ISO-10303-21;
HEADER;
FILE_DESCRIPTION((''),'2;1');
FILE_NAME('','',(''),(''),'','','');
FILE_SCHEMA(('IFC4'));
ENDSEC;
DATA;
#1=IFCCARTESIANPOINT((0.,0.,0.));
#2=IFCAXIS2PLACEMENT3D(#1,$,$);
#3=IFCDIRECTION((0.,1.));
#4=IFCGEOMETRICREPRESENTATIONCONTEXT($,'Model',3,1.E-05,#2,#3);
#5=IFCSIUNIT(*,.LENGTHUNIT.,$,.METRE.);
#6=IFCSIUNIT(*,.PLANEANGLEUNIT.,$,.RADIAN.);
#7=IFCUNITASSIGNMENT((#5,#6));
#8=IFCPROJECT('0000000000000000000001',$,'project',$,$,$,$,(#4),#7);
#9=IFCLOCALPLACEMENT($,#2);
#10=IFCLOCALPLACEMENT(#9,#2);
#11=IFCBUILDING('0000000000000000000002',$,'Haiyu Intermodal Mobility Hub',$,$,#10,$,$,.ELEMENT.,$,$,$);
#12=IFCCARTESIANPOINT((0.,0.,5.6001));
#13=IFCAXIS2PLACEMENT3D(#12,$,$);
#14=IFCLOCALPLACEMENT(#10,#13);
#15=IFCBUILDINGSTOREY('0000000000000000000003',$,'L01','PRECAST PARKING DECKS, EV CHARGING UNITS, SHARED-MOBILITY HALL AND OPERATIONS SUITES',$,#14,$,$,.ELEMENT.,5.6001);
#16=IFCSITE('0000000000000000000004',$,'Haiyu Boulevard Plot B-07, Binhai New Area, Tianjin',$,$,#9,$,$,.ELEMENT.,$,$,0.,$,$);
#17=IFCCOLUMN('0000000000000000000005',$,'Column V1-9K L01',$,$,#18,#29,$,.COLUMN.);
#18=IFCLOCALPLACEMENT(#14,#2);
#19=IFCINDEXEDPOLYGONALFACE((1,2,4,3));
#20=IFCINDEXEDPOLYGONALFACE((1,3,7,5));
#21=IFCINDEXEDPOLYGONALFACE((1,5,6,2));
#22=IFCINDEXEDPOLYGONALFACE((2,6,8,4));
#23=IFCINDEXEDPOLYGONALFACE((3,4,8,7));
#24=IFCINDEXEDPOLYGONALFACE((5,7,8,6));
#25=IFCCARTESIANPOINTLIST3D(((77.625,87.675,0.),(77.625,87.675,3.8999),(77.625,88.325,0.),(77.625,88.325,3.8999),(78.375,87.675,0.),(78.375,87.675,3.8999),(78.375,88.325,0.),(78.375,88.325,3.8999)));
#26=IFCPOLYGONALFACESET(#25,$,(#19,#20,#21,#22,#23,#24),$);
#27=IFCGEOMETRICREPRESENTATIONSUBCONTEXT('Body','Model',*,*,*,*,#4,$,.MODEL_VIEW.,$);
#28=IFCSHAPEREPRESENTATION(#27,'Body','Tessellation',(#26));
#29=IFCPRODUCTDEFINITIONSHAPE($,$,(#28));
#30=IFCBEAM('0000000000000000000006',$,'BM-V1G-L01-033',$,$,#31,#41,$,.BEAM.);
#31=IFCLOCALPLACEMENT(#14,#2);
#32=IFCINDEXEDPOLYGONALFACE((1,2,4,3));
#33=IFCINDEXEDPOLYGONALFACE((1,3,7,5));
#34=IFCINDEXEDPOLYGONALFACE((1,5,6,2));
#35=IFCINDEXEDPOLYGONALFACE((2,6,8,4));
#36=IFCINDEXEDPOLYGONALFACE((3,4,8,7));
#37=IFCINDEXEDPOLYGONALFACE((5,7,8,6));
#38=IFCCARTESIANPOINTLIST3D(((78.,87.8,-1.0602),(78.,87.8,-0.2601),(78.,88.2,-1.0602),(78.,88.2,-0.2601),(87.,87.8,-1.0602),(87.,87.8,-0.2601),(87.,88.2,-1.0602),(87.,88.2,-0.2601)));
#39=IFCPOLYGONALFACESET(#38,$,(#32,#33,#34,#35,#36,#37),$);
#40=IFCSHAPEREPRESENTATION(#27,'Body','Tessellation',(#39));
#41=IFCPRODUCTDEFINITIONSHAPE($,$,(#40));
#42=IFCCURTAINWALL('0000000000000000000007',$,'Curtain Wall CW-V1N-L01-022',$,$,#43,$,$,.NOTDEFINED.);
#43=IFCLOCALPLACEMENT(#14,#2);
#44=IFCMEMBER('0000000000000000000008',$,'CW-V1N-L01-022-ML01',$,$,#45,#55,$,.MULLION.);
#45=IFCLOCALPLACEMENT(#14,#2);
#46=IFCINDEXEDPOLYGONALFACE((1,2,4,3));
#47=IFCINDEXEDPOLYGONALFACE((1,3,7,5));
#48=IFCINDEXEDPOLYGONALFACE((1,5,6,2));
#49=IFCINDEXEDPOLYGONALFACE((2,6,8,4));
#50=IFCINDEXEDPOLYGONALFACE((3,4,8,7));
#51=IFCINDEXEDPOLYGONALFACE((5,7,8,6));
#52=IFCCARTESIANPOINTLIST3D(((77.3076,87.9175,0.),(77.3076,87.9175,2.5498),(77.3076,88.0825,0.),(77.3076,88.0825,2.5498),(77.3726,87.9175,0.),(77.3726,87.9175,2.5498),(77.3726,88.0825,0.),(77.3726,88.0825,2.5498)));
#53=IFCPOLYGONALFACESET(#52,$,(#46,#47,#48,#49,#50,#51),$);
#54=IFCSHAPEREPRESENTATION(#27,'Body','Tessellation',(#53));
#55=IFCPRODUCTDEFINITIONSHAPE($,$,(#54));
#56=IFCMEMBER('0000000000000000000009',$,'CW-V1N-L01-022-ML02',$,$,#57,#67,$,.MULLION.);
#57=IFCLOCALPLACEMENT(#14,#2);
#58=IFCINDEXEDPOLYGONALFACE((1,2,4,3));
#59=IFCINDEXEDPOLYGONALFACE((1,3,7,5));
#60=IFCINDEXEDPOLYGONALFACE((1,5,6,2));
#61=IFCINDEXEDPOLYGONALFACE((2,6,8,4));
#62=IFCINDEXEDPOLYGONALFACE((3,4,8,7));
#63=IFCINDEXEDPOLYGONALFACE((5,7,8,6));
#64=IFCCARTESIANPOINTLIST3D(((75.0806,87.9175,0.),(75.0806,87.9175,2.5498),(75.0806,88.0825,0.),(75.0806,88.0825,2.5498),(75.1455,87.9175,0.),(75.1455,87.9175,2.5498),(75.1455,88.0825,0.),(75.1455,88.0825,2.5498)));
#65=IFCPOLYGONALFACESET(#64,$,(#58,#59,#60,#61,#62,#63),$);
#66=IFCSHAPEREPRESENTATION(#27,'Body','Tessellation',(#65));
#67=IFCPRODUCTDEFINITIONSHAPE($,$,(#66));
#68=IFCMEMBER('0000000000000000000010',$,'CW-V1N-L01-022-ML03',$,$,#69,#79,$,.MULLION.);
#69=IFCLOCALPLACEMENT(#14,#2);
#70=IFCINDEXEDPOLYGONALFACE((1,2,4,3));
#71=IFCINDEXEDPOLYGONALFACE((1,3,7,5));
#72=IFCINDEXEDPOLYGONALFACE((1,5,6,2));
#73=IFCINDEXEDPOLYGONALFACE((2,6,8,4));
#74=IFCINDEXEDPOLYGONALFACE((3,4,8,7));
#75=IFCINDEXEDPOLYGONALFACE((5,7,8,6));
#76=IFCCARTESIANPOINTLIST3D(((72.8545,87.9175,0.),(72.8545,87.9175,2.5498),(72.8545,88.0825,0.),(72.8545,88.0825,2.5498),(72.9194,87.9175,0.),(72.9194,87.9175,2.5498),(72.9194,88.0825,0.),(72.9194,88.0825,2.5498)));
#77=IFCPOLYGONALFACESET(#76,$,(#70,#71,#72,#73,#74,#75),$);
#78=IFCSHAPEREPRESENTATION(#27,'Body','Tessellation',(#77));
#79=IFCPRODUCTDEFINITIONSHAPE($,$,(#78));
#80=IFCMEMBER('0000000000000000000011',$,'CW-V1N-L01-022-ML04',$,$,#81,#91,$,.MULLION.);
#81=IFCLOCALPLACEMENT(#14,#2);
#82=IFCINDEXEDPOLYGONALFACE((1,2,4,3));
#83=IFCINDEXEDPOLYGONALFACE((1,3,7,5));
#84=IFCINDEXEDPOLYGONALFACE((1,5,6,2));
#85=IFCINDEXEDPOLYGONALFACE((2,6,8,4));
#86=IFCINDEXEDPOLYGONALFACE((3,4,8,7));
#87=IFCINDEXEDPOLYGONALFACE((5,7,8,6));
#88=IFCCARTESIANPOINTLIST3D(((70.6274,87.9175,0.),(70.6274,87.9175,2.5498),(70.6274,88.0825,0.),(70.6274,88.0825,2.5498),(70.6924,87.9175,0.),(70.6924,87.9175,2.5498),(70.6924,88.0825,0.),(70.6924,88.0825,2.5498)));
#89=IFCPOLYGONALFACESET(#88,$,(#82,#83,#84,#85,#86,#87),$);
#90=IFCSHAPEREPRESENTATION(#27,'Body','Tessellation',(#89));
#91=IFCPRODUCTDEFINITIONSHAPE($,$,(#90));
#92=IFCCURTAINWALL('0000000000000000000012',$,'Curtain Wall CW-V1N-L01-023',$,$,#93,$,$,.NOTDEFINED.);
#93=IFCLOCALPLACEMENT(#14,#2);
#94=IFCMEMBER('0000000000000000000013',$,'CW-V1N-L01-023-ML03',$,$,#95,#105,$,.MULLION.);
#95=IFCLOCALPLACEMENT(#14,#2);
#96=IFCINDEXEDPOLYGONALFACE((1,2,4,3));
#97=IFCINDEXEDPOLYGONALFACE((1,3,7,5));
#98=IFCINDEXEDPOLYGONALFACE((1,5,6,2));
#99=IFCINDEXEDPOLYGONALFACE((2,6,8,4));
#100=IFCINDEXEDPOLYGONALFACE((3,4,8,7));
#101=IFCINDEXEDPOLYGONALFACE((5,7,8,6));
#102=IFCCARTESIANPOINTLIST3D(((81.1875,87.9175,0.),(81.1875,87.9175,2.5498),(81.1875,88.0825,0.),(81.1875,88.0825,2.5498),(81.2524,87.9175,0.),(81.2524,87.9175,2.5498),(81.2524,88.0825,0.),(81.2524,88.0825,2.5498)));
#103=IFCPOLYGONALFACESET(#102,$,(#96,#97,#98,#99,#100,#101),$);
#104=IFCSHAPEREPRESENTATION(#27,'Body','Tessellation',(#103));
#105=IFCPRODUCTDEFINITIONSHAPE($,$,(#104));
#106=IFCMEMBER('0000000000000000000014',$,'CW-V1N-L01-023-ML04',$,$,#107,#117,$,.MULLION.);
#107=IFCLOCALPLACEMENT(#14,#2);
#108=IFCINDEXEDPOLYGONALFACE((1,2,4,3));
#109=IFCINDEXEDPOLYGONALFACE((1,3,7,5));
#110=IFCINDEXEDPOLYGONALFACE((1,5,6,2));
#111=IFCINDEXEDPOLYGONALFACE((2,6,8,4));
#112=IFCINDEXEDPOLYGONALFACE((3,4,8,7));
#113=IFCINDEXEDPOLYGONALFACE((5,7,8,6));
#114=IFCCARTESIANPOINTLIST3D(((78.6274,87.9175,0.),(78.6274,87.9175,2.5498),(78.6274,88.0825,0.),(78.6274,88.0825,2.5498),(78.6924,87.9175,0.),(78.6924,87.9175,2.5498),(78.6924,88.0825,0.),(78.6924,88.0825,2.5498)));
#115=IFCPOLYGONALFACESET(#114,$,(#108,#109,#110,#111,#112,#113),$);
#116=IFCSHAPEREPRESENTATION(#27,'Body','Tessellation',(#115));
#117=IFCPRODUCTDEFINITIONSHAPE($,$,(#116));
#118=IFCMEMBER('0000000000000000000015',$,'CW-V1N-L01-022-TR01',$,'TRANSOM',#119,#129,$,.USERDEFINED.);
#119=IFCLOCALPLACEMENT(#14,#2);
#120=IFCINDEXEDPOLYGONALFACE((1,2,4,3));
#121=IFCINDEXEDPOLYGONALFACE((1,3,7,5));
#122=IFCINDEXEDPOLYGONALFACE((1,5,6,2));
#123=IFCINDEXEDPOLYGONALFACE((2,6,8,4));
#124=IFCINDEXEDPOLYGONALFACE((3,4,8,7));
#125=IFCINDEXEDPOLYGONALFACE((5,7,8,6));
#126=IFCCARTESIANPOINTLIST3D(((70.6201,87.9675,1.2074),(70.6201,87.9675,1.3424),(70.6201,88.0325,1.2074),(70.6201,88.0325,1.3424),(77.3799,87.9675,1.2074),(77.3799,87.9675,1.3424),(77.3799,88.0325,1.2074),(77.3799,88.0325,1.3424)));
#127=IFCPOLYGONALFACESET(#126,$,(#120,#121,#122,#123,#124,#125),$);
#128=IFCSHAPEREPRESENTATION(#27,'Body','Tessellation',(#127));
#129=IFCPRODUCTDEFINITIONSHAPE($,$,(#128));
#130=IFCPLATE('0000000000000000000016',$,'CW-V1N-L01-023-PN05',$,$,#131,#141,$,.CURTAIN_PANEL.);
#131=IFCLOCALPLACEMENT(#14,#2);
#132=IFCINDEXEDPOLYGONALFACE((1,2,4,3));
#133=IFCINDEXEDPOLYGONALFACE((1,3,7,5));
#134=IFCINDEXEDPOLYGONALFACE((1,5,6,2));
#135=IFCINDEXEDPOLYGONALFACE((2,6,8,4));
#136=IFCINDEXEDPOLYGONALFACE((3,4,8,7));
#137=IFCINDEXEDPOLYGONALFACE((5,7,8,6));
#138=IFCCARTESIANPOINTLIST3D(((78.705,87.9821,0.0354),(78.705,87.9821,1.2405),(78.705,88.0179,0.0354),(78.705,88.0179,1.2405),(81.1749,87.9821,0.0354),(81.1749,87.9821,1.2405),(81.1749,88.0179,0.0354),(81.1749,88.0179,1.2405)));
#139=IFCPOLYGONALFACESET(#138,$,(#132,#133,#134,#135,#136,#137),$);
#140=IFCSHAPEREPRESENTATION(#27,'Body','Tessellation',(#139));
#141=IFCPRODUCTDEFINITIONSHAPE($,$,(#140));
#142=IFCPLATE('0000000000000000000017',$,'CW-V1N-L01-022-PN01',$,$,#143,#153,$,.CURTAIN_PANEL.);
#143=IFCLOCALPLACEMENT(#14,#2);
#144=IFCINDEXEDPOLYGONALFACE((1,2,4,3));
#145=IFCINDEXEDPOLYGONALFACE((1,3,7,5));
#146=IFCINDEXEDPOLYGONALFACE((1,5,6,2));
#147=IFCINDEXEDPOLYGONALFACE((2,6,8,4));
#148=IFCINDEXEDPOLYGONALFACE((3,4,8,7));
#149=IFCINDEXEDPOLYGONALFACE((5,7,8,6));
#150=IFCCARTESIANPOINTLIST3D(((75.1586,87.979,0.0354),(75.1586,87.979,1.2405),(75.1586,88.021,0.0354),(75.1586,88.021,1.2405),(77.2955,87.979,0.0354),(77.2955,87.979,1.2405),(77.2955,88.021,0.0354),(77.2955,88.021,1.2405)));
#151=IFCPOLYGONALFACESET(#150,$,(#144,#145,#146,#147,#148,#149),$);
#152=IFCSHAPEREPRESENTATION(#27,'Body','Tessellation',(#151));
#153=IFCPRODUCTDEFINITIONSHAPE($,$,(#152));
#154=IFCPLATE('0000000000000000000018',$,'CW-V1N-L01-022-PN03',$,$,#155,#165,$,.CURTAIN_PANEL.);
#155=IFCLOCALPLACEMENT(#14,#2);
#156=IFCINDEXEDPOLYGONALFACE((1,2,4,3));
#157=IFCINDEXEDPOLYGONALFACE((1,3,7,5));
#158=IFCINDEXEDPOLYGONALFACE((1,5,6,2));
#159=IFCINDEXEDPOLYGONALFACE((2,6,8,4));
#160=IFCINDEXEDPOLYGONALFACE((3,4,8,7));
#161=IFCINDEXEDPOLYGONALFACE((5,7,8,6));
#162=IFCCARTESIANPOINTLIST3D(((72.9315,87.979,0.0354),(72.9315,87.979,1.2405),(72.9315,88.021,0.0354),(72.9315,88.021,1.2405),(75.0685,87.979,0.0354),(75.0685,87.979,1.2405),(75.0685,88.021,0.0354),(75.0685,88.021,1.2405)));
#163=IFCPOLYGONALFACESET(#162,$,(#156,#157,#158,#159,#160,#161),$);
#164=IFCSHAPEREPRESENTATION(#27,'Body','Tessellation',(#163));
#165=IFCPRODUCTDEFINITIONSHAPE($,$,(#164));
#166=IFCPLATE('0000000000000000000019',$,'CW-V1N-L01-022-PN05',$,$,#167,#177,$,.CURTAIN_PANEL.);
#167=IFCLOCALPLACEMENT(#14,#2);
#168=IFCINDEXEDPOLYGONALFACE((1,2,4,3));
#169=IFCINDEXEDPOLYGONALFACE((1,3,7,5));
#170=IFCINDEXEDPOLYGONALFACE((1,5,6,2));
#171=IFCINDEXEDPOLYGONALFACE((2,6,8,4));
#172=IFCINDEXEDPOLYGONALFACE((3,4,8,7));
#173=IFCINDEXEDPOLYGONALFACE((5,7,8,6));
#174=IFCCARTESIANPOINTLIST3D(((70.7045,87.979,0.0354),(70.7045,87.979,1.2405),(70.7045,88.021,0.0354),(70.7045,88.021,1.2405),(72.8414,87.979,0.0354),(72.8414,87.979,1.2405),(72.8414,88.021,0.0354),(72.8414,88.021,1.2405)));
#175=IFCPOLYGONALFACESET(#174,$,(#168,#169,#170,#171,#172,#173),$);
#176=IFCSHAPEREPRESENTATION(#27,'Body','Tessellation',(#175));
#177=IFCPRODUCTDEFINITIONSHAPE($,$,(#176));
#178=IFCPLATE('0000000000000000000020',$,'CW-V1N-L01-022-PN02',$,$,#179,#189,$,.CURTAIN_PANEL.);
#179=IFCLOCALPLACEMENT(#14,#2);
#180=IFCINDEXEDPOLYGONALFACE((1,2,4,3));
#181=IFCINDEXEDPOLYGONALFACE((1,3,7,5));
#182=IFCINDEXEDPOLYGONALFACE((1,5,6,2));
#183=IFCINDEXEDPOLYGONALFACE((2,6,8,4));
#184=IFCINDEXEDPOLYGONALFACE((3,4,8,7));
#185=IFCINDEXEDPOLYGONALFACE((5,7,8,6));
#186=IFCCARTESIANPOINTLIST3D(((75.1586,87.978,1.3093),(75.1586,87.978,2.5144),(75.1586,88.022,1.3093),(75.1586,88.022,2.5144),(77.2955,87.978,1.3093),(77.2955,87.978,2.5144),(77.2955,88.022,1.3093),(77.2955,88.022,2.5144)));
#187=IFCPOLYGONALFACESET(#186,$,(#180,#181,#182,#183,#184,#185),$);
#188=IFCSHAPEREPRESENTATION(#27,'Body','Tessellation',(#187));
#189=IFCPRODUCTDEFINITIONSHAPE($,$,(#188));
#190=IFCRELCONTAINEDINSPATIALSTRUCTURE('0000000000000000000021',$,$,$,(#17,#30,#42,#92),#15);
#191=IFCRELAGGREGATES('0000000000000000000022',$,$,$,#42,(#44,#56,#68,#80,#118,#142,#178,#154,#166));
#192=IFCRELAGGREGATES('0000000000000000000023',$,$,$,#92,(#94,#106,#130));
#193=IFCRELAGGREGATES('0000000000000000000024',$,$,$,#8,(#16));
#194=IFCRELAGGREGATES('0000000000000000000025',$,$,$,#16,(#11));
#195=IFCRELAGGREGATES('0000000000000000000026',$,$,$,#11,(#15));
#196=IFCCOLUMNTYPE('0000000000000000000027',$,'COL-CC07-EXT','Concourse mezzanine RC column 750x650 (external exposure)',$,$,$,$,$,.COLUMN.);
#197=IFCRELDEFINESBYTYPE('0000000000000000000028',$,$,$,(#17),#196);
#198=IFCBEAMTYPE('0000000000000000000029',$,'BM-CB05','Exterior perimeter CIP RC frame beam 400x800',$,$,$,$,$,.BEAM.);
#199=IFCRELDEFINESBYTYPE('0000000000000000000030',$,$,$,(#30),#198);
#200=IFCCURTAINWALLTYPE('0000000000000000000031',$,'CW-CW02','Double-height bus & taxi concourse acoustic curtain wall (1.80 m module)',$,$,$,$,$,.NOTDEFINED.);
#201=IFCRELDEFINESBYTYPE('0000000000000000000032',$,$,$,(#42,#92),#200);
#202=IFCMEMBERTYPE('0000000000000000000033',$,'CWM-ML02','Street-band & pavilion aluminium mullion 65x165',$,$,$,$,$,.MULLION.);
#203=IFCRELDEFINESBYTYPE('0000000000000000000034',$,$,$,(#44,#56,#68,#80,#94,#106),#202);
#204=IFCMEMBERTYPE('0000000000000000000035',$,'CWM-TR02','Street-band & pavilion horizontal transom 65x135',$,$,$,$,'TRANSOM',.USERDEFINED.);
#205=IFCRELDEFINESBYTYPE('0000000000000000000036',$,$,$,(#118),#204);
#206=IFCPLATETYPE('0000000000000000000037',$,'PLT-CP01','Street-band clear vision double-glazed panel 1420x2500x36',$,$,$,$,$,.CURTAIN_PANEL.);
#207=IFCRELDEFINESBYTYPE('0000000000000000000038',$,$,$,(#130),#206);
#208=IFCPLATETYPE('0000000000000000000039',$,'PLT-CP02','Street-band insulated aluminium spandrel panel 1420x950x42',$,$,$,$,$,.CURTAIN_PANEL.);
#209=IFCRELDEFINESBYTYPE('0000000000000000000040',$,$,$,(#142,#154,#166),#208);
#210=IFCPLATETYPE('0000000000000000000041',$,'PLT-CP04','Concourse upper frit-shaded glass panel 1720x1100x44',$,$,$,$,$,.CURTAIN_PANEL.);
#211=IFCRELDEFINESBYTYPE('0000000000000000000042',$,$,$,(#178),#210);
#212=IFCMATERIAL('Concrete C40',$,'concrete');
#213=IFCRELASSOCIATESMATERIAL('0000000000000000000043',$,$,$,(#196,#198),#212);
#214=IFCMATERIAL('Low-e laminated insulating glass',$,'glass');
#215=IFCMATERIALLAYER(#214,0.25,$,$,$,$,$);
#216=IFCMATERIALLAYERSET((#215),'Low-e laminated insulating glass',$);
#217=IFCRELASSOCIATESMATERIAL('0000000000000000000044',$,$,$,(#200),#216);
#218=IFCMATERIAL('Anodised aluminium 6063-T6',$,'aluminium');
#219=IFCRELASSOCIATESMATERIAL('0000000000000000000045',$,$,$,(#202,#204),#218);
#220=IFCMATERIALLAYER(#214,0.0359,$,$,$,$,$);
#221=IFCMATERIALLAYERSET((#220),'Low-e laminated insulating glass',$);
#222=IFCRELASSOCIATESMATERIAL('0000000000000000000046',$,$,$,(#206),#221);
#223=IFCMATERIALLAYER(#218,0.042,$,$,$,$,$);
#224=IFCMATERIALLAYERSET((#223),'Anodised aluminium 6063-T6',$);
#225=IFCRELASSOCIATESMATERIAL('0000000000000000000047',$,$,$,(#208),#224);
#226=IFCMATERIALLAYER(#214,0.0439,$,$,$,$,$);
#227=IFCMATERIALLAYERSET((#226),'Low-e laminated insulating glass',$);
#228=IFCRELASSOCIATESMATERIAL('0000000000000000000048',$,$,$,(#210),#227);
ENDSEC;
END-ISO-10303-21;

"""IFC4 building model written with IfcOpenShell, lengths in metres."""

from ifc_helpers import new_model, si_unit, direction, frame, origin, origin_2d, place, context, subcontext, project, spatial, rectangle, extrude, material, layer, layer_set, material_profile, profile_set, type_object, element, aggregate, save


model = new_model("IFC4")

# Units and contexts
model_context = context("Model", 3, precision=1e-05, world=origin(), true_north=direction((0.0, 1.0)))
body_context = subcontext(model_context, "Body", "Model", "MODEL_VIEW")
ifc_project = project(units=[si_unit("LENGTHUNIT", "METRE"), si_unit("PLANEANGLEUNIT", "RADIAN")], contexts=[model_context])

# Site, building, storey
site_placement = place(None, origin())
site = spatial("IfcSite", under=ifc_project, at=site_placement, Name="Haiyu Boulevard Plot B-07, Binhai New Area, Tianjin", CompositionType="ELEMENT", RefElevation=0.0)
building_placement = place(site_placement, origin())
building = spatial("IfcBuilding", under=site, at=building_placement, Name="Haiyu Intermodal Mobility Hub", CompositionType="ELEMENT")
storey_placement = place(building_placement, frame((0.0, 0.0, 5.6001)))
storey = spatial("IfcBuildingStorey", under=building, at=storey_placement, Name="L01", Description="PRECAST PARKING DECKS, EV CHARGING UNITS, SHARED-MOBILITY HALL AND OPERATIONS SUITES", CompositionType="ELEMENT", Elevation=5.6001)

# Column
ifc_material_1 = material(Name="Concrete C40", Category="concrete")
ifc_material_profile_1 = material_profile(ifc_material_1, rectangle(XDim=0.75, YDim=0.6499, at=origin_2d()), Name="RC750x650")
ifc_profile_set_1 = profile_set([ifc_material_profile_1], Name="Concrete C40")
column_type = type_object("IfcColumnType", Name="COL-CC07-EXT", Description="Concourse mezzanine RC column 750x650 (external exposure)", PredefinedType="COLUMN", material=ifc_profile_set_1)
column_placement = place(storey_placement, frame((78.0, 88.0, 0.0), z_axis=(0.0, 0.0, 1.0), x_axis=(1.0, 0.0, 0.0)))
element("IfcColumn", 1, at=column_placement, inside=storey, type_object=column_type, Name="Column V1-9K L01", PredefinedType="COLUMN", context=body_context, shape_type="SweptSolid", body=[
    extrude(rectangle(XDim=0.75, YDim=0.6499, at=origin_2d()), origin(), (0.0, 0.0, 1.0), 3.8999),
])

# Beam
ifc_material_profile_2 = material_profile(ifc_material_1, rectangle(XDim=0.3999, YDim=0.8, at=origin_2d()), Name="RCB400x800")
ifc_profile_set_2 = profile_set([ifc_material_profile_2], Name="Concrete C40")
beam_type = type_object("IfcBeamType", Name="BM-CB05", Description="Exterior perimeter CIP RC frame beam 400x800", PredefinedType="BEAM", material=ifc_profile_set_2)
beam_placement = place(storey_placement, frame((78.0, 88.0, -0.6602), z_axis=(1.0, 0.0, 0.0), x_axis=(0.0, 1.0, 0.0)))
element("IfcBeam", 2, at=beam_placement, inside=storey, type_object=beam_type, Name="BM-V1G-L01-033", PredefinedType="BEAM", context=body_context, shape_type="SweptSolid", body=[
    extrude(rectangle(XDim=0.3999, YDim=0.8, at=origin_2d()), origin(), (0.0, 0.0, 1.0), 9.0),
])

# Curtain walls, members
ifc_material_2 = material(Name="Low-e laminated insulating glass", Category="glass")
ifc_layer_1 = layer(ifc_material_2, 0.25)
ifc_layer_set_1 = layer_set([ifc_layer_1], Name="Low-e laminated insulating glass")
curtain_wall_type = type_object("IfcCurtainWallType", Name="CW-CW02", Description="Double-height bus & taxi concourse acoustic curtain wall (1.80 m module)", PredefinedType="NOTDEFINED", material=ifc_layer_set_1)
curtain_wall_1_placement = place(storey_placement, origin())
curtain_wall_1 = element("IfcCurtainWall", 3, at=curtain_wall_1_placement, inside=storey, type_object=curtain_wall_type, Name="Curtain Wall CW-V1N-L01-022", PredefinedType="NOTDEFINED")
ifc_material_3 = material(Name="Anodised aluminium 6063-T6", Category="aluminium")
ifc_material_profile_3 = material_profile(ifc_material_3, rectangle(XDim=0.0649, YDim=0.165, at=origin_2d()), Name="ALU65x165")
ifc_profile_set_3 = profile_set([ifc_material_profile_3], Name="Anodised aluminium 6063-T6")
member_type_1 = type_object("IfcMemberType", Name="CWM-ML02", Description="Street-band & pavilion aluminium mullion 65x165", PredefinedType="MULLION", material=ifc_profile_set_3)
member_1_placement = place(storey_placement, frame((77.3401, 88.0, 0.0), z_axis=(0.0, 0.0, 1.0), x_axis=(1.0, 0.0, 0.0)))
member_1 = element("IfcMember", 4, at=member_1_placement, type_object=member_type_1, Name="CW-V1N-L01-022-ML01", PredefinedType="MULLION", context=body_context, shape_type="SweptSolid", body=[
    extrude(rectangle(XDim=0.0649, YDim=0.165, at=origin_2d()), origin(), (0.0, 0.0, 1.0), 2.5498),
])
member_2_placement = place(storey_placement, frame((75.113, 88.0, 0.0), z_axis=(0.0, 0.0, 1.0), x_axis=(1.0, 0.0, 0.0)))
member_2 = element("IfcMember", 5, at=member_2_placement, type_object=member_type_1, Name="CW-V1N-L01-022-ML02", PredefinedType="MULLION", context=body_context, shape_type="SweptSolid", body=[
    extrude(rectangle(XDim=0.0649, YDim=0.165, at=origin_2d()), origin(), (0.0, 0.0, 1.0), 2.5498),
])
member_3_placement = place(storey_placement, frame((72.887, 88.0, 0.0), z_axis=(0.0, 0.0, 1.0), x_axis=(1.0, 0.0, 0.0)))
member_3 = element("IfcMember", 6, at=member_3_placement, type_object=member_type_1, Name="CW-V1N-L01-022-ML03", PredefinedType="MULLION", context=body_context, shape_type="SweptSolid", body=[
    extrude(rectangle(XDim=0.0649, YDim=0.165, at=origin_2d()), origin(), (0.0, 0.0, 1.0), 2.5498),
])
member_4_placement = place(storey_placement, frame((70.6599, 88.0, 0.0), z_axis=(0.0, 0.0, 1.0), x_axis=(1.0, 0.0, 0.0)))
member_4 = element("IfcMember", 7, at=member_4_placement, type_object=member_type_1, Name="CW-V1N-L01-022-ML04", PredefinedType="MULLION", context=body_context, shape_type="SweptSolid", body=[
    extrude(rectangle(XDim=0.0649, YDim=0.165, at=origin_2d()), origin(), (0.0, 0.0, 1.0), 2.5498),
])
curtain_wall_2_placement = place(storey_placement, origin())
curtain_wall_2 = element("IfcCurtainWall", 8, at=curtain_wall_2_placement, inside=storey, type_object=curtain_wall_type, Name="Curtain Wall CW-V1N-L01-023", PredefinedType="NOTDEFINED")
member_5_placement = place(storey_placement, frame((81.22, 88.0, 0.0), z_axis=(0.0, 0.0, 1.0), x_axis=(1.0, 0.0, 0.0)))
member_5 = element("IfcMember", 9, at=member_5_placement, type_object=member_type_1, Name="CW-V1N-L01-023-ML03", PredefinedType="MULLION", context=body_context, shape_type="SweptSolid", body=[
    extrude(rectangle(XDim=0.0649, YDim=0.165, at=origin_2d()), origin(), (0.0, 0.0, 1.0), 2.5498),
])
member_6_placement = place(storey_placement, frame((78.6599, 88.0, 0.0), z_axis=(0.0, 0.0, 1.0), x_axis=(1.0, 0.0, 0.0)))
member_6 = element("IfcMember", 10, at=member_6_placement, type_object=member_type_1, Name="CW-V1N-L01-023-ML04", PredefinedType="MULLION", context=body_context, shape_type="SweptSolid", body=[
    extrude(rectangle(XDim=0.0649, YDim=0.165, at=origin_2d()), origin(), (0.0, 0.0, 1.0), 2.5498),
])

# Member
ifc_material_profile_4 = material_profile(ifc_material_3, rectangle(XDim=0.0649, YDim=0.135, at=origin_2d()), Name="ALU65x135")
ifc_profile_set_4 = profile_set([ifc_material_profile_4], Name="Anodised aluminium 6063-T6")
member_type_2 = type_object("IfcMemberType", Name="CWM-TR02", Description="Street-band & pavilion horizontal transom 65x135", ElementType="TRANSOM", PredefinedType="USERDEFINED", material=ifc_profile_set_4)
member_7_placement = place(storey_placement, frame((77.3799, 88.0, 1.2749), z_axis=(-1.0, 0.0, 0.0), x_axis=(0.0, -1.0, 0.0)))
member_7 = element("IfcMember", 11, at=member_7_placement, type_object=member_type_2, Name="CW-V1N-L01-022-TR01", ObjectType="TRANSOM", PredefinedType="USERDEFINED", context=body_context, shape_type="SweptSolid", body=[
    extrude(rectangle(XDim=0.0649, YDim=0.135, at=origin_2d()), origin(), (0.0, 0.0, 1.0), 6.7598),
])

# Plates
ifc_layer_2 = layer(ifc_material_2, 0.0359)
ifc_layer_set_2 = layer_set([ifc_layer_2], Name="Low-e laminated insulating glass")
plate_type_1 = type_object("IfcPlateType", Name="PLT-CP01", Description="Street-band clear vision double-glazed panel 1420x2500x36", PredefinedType="CURTAIN_PANEL", material=ifc_layer_set_2)
plate_1_placement = place(storey_placement, frame((79.9399, 88.0, 0.0354), z_axis=(0.0, 0.0, 1.0), x_axis=(-1.0, 0.0, 0.0)))
plate_1 = element("IfcPlate", 12, at=plate_1_placement, type_object=plate_type_1, Name="CW-V1N-L01-023-PN05", PredefinedType="CURTAIN_PANEL", context=body_context, shape_type="SweptSolid", body=[
    extrude(rectangle(XDim=2.47, YDim=0.0359, at=origin_2d()), origin(), (0.0, 0.0, 1.0), 1.2051),
])
ifc_layer_3 = layer(ifc_material_3, 0.042)
ifc_layer_set_3 = layer_set([ifc_layer_3], Name="Anodised aluminium 6063-T6")
plate_type_2 = type_object("IfcPlateType", Name="PLT-CP02", Description="Street-band insulated aluminium spandrel panel 1420x950x42", PredefinedType="CURTAIN_PANEL", material=ifc_layer_set_3)
plate_2_placement = place(storey_placement, frame((76.2271, 88.0, 0.0354), z_axis=(0.0, 0.0, 1.0), x_axis=(-1.0, 0.0, 0.0)))
plate_2 = element("IfcPlate", 13, at=plate_2_placement, type_object=plate_type_2, Name="CW-V1N-L01-022-PN01", PredefinedType="CURTAIN_PANEL", context=body_context, shape_type="SweptSolid", body=[
    extrude(rectangle(XDim=2.137, YDim=0.042, at=origin_2d()), origin(), (0.0, 0.0, 1.0), 1.2051),
])
plate_3_placement = place(storey_placement, frame((74.0, 88.0, 0.0354), z_axis=(0.0, 0.0, 1.0), x_axis=(-1.0, 0.0, 0.0)))
plate_3 = element("IfcPlate", 14, at=plate_3_placement, type_object=plate_type_2, Name="CW-V1N-L01-022-PN03", PredefinedType="CURTAIN_PANEL", context=body_context, shape_type="SweptSolid", body=[
    extrude(rectangle(XDim=2.137, YDim=0.042, at=origin_2d()), origin(), (0.0, 0.0, 1.0), 1.2051),
])
plate_4_placement = place(storey_placement, frame((71.7729, 88.0, 0.0354), z_axis=(0.0, 0.0, 1.0), x_axis=(-1.0, 0.0, 0.0)))
plate_4 = element("IfcPlate", 15, at=plate_4_placement, type_object=plate_type_2, Name="CW-V1N-L01-022-PN05", PredefinedType="CURTAIN_PANEL", context=body_context, shape_type="SweptSolid", body=[
    extrude(rectangle(XDim=2.137, YDim=0.042, at=origin_2d()), origin(), (0.0, 0.0, 1.0), 1.2051),
])
ifc_layer_4 = layer(ifc_material_2, 0.0439)
ifc_layer_set_4 = layer_set([ifc_layer_4], Name="Low-e laminated insulating glass")
plate_type_3 = type_object("IfcPlateType", Name="PLT-CP04", Description="Concourse upper frit-shaded glass panel 1720x1100x44", PredefinedType="CURTAIN_PANEL", material=ifc_layer_set_4)
plate_5_placement = place(storey_placement, frame((76.2271, 88.0, 1.3093), z_axis=(0.0, 0.0, 1.0), x_axis=(-1.0, 0.0, 0.0)))
plate_5 = element("IfcPlate", 16, at=plate_5_placement, type_object=plate_type_3, Name="CW-V1N-L01-022-PN02", PredefinedType="CURTAIN_PANEL", context=body_context, shape_type="SweptSolid", body=[
    extrude(rectangle(XDim=2.137, YDim=0.0439, at=origin_2d()), origin(), (0.0, 0.0, 1.0), 1.2051),
])
aggregate(curtain_wall_1, [member_1, member_2, member_3, member_4, member_7, plate_2, plate_5, plate_3, plate_4])
aggregate(curtain_wall_2, [member_5, member_6, plate_1])

save(model, "model.ifc")
